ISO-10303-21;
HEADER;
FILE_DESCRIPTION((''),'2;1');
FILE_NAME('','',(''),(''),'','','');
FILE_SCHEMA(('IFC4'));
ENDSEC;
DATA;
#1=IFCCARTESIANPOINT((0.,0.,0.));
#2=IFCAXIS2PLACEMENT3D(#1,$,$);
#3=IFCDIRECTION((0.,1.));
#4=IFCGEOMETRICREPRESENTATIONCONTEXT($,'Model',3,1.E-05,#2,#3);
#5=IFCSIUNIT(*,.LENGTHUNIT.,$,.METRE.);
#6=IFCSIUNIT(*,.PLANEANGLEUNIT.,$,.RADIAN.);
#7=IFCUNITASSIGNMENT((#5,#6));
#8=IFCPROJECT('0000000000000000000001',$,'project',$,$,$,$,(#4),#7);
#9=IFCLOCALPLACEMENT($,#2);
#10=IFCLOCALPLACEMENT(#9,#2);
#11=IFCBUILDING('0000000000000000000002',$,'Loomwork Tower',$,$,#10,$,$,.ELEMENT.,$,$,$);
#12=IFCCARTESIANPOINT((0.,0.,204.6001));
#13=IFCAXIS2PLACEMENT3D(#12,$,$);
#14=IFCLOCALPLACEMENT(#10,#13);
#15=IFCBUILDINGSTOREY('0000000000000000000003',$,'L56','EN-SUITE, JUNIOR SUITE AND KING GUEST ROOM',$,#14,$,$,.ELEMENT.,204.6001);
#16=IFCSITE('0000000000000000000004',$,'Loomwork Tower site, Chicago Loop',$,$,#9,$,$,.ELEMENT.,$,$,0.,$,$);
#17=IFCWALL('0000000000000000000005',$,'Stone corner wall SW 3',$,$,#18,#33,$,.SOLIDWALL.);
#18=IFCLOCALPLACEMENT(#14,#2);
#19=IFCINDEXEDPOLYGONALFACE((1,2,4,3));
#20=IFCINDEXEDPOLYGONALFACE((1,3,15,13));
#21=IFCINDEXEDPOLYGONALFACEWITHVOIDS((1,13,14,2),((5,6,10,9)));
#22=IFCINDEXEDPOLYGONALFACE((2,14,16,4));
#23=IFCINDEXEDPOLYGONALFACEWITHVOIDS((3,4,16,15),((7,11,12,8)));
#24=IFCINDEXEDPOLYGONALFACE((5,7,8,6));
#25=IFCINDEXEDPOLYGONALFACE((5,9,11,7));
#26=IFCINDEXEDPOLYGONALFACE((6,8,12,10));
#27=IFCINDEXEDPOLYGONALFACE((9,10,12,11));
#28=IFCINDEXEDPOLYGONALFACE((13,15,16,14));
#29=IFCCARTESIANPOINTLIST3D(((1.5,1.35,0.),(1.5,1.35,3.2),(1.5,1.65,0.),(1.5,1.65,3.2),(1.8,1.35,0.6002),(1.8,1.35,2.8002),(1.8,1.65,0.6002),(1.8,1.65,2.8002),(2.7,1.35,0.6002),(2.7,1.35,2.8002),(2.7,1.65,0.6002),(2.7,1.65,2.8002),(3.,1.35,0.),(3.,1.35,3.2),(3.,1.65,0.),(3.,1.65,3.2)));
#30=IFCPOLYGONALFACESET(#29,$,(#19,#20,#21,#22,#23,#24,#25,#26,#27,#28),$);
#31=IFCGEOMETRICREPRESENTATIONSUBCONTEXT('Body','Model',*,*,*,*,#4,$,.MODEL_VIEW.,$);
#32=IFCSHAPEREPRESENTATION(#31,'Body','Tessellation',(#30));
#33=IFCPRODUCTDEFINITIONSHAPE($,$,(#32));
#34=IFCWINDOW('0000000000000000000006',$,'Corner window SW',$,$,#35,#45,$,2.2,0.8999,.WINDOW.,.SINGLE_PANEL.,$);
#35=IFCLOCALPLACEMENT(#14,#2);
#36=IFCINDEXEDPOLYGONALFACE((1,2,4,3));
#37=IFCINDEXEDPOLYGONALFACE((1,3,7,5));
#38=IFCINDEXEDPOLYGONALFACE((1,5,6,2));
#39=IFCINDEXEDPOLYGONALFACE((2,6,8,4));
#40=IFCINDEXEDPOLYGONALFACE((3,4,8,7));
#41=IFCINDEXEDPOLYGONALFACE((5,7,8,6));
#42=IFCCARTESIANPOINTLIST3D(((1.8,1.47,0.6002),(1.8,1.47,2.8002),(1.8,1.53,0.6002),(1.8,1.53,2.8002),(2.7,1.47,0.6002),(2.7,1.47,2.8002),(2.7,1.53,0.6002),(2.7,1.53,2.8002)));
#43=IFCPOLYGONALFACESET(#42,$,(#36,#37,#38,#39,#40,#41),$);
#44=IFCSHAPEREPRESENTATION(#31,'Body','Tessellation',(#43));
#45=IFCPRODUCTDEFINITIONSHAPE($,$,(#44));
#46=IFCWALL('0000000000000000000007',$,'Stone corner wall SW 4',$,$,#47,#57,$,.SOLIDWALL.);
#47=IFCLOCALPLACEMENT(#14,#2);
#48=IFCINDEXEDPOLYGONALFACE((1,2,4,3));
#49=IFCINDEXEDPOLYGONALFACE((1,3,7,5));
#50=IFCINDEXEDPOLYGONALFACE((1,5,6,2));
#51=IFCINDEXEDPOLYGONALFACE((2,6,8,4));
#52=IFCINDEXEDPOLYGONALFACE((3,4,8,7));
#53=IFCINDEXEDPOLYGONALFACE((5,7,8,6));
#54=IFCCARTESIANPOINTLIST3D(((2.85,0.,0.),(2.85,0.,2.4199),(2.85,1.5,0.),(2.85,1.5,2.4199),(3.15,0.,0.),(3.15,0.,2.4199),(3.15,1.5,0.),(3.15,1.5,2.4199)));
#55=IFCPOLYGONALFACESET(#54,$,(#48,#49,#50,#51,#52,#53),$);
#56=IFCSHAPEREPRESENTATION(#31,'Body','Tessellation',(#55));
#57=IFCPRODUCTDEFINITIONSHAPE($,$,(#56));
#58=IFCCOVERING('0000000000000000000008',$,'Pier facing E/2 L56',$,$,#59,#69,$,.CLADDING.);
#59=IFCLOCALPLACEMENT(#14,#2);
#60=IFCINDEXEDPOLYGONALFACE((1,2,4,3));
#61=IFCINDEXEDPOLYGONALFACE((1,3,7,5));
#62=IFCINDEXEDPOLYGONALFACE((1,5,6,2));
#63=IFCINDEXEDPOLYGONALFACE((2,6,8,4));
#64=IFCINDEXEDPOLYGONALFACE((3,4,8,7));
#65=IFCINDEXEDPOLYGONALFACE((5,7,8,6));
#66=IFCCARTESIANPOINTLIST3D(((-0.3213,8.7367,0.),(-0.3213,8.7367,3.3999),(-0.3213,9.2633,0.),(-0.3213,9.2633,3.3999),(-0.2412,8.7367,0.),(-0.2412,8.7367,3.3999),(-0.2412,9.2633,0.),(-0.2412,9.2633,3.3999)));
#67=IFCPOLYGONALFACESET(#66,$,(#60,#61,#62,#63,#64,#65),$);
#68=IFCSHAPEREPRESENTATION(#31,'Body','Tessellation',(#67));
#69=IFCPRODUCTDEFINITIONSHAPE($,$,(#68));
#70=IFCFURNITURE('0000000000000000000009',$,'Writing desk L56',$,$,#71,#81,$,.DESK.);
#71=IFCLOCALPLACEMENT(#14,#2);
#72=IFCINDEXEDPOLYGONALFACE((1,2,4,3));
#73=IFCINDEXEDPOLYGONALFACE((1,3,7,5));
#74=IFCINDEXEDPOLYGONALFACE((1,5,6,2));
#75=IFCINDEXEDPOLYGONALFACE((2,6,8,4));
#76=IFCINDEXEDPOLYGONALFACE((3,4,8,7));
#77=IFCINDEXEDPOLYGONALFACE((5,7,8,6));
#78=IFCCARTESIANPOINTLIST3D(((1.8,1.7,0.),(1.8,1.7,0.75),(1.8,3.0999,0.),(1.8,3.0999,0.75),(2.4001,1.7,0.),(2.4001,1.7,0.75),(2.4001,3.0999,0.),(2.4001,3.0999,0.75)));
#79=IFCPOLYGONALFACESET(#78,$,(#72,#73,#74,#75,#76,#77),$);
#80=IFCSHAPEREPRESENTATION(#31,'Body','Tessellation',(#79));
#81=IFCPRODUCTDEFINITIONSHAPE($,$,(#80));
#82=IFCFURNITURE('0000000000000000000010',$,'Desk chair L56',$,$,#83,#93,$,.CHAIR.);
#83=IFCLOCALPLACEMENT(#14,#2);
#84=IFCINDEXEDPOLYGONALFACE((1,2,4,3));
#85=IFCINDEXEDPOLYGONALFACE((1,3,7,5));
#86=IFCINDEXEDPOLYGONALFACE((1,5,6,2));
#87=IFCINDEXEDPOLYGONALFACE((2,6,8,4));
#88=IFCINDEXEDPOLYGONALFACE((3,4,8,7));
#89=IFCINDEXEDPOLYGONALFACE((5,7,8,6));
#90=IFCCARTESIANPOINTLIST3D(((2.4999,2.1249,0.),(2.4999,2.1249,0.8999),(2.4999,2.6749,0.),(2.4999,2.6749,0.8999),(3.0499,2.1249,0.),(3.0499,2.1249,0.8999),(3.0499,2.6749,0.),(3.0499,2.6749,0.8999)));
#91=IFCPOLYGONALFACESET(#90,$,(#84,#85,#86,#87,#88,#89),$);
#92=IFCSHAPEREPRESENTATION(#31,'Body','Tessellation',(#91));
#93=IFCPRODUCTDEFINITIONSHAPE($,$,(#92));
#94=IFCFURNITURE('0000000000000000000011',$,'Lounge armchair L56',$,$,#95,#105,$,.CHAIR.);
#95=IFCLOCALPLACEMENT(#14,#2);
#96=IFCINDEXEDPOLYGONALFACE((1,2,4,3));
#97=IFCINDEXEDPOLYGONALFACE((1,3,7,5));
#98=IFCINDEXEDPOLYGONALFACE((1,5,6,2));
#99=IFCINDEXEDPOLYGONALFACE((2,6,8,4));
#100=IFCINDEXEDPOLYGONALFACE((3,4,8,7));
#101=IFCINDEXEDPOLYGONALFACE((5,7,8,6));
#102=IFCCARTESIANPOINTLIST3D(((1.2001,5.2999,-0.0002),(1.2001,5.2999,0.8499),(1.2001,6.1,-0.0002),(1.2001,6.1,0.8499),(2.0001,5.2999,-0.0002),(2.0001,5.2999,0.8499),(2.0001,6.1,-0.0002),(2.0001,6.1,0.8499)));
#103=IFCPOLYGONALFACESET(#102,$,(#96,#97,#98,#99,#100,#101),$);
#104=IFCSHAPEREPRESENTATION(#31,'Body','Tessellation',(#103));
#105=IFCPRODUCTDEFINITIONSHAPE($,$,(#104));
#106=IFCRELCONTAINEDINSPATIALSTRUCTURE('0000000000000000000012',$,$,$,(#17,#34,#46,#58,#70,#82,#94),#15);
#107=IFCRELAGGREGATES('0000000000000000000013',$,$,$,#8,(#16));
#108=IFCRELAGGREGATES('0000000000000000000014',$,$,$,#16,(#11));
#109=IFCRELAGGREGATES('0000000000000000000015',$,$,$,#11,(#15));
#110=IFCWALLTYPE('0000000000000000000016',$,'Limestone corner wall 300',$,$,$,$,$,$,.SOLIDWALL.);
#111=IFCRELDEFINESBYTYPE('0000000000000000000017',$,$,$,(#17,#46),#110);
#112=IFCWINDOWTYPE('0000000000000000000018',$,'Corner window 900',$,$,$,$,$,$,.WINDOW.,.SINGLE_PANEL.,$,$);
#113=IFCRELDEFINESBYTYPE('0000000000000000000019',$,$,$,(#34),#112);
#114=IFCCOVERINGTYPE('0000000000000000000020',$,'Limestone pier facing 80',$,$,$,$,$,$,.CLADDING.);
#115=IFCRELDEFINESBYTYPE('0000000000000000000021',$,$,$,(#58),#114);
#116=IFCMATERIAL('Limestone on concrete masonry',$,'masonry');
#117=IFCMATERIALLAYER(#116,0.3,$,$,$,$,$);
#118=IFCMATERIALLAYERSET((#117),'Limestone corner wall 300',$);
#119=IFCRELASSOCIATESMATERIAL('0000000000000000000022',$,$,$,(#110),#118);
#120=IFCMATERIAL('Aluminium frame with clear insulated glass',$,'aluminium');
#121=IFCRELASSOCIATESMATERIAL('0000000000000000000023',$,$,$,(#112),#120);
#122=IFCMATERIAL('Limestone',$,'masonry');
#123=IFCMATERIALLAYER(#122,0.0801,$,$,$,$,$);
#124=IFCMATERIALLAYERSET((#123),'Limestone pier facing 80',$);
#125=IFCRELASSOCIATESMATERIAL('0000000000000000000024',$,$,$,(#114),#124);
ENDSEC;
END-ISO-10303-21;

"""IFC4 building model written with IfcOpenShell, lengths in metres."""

from ifc_helpers import new_model, si_unit, direction, frame, frame_2d, origin, origin_2d, place, context, subcontext, project, spatial, rectangle, extrude, material, layer, layer_set, type_object, element, fill, save


model = new_model("IFC4")

# Units and contexts
model_context = context("Model", 3, precision=1e-05, world=origin(), true_north=direction((0.0, 1.0)))
body_context = subcontext(model_context, "Body", "Model", "MODEL_VIEW")
ifc_project = project(units=[si_unit("LENGTHUNIT", "METRE"), si_unit("PLANEANGLEUNIT", "RADIAN")], contexts=[model_context])

# Site, building, storey
site_placement = place(None, origin())
site = spatial("IfcSite", under=ifc_project, at=site_placement, Name="Loomwork Tower site, Chicago Loop", CompositionType="ELEMENT", RefElevation=0.0)
building_placement = place(site_placement, origin())
building = spatial("IfcBuilding", under=site, at=building_placement, Name="Loomwork Tower", CompositionType="ELEMENT")
storey_placement = place(building_placement, frame((0.0, 0.0, 204.6001)))
storey = spatial("IfcBuildingStorey", under=building, at=storey_placement, Name="L56", Description="EN-SUITE, JUNIOR SUITE AND KING GUEST ROOM", CompositionType="ELEMENT", Elevation=204.6001)

# Shared definitions
ifc_material_1 = material(Name="Limestone on concrete masonry", Category="masonry")
ifc_layer_1 = layer(ifc_material_1, 0.3)
ifc_layer_set_1 = layer_set([ifc_layer_1], Name="Limestone corner wall 300")
wall_type_1 = type_object("IfcWallType", Name="Limestone corner wall 300", PredefinedType="SOLIDWALL", material=ifc_layer_set_1)

# Wall, opening, window
ifc_material_2 = material(Name="Aluminium frame with clear insulated glass", Category="aluminium")
window_type_1 = type_object("IfcWindowType", Name="Corner window 900", PartitioningType="SINGLE_PANEL", PredefinedType="WINDOW", material=ifc_material_2)
wall_1_placement = place(storey_placement, frame((1.5, 1.5, 0.0), z_axis=(0.0, 0.0, 1.0), x_axis=(1.0, 0.0, 0.0)))
wall_1 = element("IfcWall", 1, at=wall_1_placement, inside=storey, type_object=wall_type_1, Name="Stone corner wall SW 3", PredefinedType="SOLIDWALL", context=body_context, shape_type="SweptSolid", body=[
    extrude(rectangle(XDim=1.5, YDim=0.3, at=frame_2d((0.75, 0.0))), origin(), (0.0, 0.0, 1.0), 3.2),
])
opening_1_placement = place(wall_1_placement, frame((0.3, 0.0, 0.6001)))
opening_1 = element("IfcOpeningElement", 2, at=opening_1_placement, cuts=wall_1, PredefinedType="OPENING", context=body_context, shape_type="SweptSolid", body=[
    extrude(rectangle(XDim=0.8999, YDim=2.2, at=frame_2d((0.45, 1.1001))), frame((0.0, 0.1599, 0.0), z_axis=(0.0, -1.0, 0.0), x_axis=(1.0, 0.0, 0.0)), (0.0, 0.0, 1.0), 0.3201),
])
window_1_placement = place(opening_1_placement, origin())
window_1 = element("IfcWindow", 3, at=window_1_placement, inside=storey, type_object=window_type_1, Name="Corner window SW", OverallHeight=2.2, OverallWidth=0.8999, PartitioningType="SINGLE_PANEL", PredefinedType="WINDOW", context=body_context, shape_type="SweptSolid", body=[
    extrude(rectangle(XDim=0.8999, YDim=2.2, at=frame_2d((0.45, 1.1001))), frame((0.0, 0.03, 0.0), z_axis=(0.0, -1.0, 0.0), x_axis=(1.0, 0.0, 0.0)), (0.0, 0.0, 1.0), 0.0601),
])
fill(opening_1, window_1)

# Wall
wall_2_placement = place(storey_placement, frame((3.0, 1.5, 0.0), z_axis=(0.0, 0.0, 1.0), x_axis=(0.0, -1.0, 0.0)))
element("IfcWall", 4, at=wall_2_placement, inside=storey, type_object=wall_type_1, Name="Stone corner wall SW 4", PredefinedType="SOLIDWALL", context=body_context, shape_type="SweptSolid", body=[
    extrude(rectangle(XDim=1.5, YDim=0.3, at=frame_2d((0.75, 0.0))), origin(), (0.0, 0.0, 1.0), 2.4199),
])

# Covering
ifc_material_3 = material(Name="Limestone", Category="masonry")
ifc_layer_2 = layer(ifc_material_3, 0.0801)
ifc_layer_set_2 = layer_set([ifc_layer_2], Name="Limestone pier facing 80")
covering_type = type_object("IfcCoveringType", Name="Limestone pier facing 80", PredefinedType="CLADDING", material=ifc_layer_set_2)
covering_placement = place(storey_placement, frame((-0.2812, 9.0, 0.0), z_axis=(0.0, 0.0, 1.0), x_axis=(1.0, 0.0, 0.0)))
element("IfcCovering", 5, at=covering_placement, inside=storey, type_object=covering_type, Name="Pier facing E/2 L56", PredefinedType="CLADDING", context=body_context, shape_type="SweptSolid", body=[
    extrude(rectangle(XDim=0.0801, YDim=0.5266, at=origin_2d()), origin(), (0.0, 0.0, 1.0), 3.3999),
])

# Furniture
furniture_1_placement = place(storey_placement, frame((2.1001, 2.3999, 0.0), z_axis=(0.0, 0.0, 1.0), x_axis=(1.0, 0.0, 0.0)))
element("IfcFurniture", 6, at=furniture_1_placement, inside=storey, Name="Writing desk L56", PredefinedType="DESK", context=body_context, shape_type="SweptSolid", body=[
    extrude(rectangle(XDim=0.6001, YDim=1.3999, at=origin_2d()), origin(), (0.0, 0.0, 1.0), 0.75),
])
furniture_2_placement = place(storey_placement, frame((2.7749, 2.3999, 0.0), z_axis=(0.0, 0.0, 1.0), x_axis=(1.0, 0.0, 0.0)))
element("IfcFurniture", 7, at=furniture_2_placement, inside=storey, Name="Desk chair L56", PredefinedType="CHAIR", context=body_context, shape_type="SweptSolid", body=[
    extrude(rectangle(XDim=0.55, YDim=0.55, at=origin_2d()), origin(), (0.0, 0.0, 1.0), 0.8999),
])
furniture_3_placement = place(storey_placement, frame((1.6001, 5.7, -0.0002), z_axis=(0.0, 0.0, 1.0), x_axis=(1.0, 0.0, 0.0)))
element("IfcFurniture", 8, at=furniture_3_placement, inside=storey, Name="Lounge armchair L56", PredefinedType="CHAIR", context=body_context, shape_type="SweptSolid", body=[
    extrude(rectangle(XDim=0.8, YDim=0.8, at=origin_2d()), origin(), (0.0, 0.0, 1.0), 0.8501),
])

save(model, "model.ifc")
